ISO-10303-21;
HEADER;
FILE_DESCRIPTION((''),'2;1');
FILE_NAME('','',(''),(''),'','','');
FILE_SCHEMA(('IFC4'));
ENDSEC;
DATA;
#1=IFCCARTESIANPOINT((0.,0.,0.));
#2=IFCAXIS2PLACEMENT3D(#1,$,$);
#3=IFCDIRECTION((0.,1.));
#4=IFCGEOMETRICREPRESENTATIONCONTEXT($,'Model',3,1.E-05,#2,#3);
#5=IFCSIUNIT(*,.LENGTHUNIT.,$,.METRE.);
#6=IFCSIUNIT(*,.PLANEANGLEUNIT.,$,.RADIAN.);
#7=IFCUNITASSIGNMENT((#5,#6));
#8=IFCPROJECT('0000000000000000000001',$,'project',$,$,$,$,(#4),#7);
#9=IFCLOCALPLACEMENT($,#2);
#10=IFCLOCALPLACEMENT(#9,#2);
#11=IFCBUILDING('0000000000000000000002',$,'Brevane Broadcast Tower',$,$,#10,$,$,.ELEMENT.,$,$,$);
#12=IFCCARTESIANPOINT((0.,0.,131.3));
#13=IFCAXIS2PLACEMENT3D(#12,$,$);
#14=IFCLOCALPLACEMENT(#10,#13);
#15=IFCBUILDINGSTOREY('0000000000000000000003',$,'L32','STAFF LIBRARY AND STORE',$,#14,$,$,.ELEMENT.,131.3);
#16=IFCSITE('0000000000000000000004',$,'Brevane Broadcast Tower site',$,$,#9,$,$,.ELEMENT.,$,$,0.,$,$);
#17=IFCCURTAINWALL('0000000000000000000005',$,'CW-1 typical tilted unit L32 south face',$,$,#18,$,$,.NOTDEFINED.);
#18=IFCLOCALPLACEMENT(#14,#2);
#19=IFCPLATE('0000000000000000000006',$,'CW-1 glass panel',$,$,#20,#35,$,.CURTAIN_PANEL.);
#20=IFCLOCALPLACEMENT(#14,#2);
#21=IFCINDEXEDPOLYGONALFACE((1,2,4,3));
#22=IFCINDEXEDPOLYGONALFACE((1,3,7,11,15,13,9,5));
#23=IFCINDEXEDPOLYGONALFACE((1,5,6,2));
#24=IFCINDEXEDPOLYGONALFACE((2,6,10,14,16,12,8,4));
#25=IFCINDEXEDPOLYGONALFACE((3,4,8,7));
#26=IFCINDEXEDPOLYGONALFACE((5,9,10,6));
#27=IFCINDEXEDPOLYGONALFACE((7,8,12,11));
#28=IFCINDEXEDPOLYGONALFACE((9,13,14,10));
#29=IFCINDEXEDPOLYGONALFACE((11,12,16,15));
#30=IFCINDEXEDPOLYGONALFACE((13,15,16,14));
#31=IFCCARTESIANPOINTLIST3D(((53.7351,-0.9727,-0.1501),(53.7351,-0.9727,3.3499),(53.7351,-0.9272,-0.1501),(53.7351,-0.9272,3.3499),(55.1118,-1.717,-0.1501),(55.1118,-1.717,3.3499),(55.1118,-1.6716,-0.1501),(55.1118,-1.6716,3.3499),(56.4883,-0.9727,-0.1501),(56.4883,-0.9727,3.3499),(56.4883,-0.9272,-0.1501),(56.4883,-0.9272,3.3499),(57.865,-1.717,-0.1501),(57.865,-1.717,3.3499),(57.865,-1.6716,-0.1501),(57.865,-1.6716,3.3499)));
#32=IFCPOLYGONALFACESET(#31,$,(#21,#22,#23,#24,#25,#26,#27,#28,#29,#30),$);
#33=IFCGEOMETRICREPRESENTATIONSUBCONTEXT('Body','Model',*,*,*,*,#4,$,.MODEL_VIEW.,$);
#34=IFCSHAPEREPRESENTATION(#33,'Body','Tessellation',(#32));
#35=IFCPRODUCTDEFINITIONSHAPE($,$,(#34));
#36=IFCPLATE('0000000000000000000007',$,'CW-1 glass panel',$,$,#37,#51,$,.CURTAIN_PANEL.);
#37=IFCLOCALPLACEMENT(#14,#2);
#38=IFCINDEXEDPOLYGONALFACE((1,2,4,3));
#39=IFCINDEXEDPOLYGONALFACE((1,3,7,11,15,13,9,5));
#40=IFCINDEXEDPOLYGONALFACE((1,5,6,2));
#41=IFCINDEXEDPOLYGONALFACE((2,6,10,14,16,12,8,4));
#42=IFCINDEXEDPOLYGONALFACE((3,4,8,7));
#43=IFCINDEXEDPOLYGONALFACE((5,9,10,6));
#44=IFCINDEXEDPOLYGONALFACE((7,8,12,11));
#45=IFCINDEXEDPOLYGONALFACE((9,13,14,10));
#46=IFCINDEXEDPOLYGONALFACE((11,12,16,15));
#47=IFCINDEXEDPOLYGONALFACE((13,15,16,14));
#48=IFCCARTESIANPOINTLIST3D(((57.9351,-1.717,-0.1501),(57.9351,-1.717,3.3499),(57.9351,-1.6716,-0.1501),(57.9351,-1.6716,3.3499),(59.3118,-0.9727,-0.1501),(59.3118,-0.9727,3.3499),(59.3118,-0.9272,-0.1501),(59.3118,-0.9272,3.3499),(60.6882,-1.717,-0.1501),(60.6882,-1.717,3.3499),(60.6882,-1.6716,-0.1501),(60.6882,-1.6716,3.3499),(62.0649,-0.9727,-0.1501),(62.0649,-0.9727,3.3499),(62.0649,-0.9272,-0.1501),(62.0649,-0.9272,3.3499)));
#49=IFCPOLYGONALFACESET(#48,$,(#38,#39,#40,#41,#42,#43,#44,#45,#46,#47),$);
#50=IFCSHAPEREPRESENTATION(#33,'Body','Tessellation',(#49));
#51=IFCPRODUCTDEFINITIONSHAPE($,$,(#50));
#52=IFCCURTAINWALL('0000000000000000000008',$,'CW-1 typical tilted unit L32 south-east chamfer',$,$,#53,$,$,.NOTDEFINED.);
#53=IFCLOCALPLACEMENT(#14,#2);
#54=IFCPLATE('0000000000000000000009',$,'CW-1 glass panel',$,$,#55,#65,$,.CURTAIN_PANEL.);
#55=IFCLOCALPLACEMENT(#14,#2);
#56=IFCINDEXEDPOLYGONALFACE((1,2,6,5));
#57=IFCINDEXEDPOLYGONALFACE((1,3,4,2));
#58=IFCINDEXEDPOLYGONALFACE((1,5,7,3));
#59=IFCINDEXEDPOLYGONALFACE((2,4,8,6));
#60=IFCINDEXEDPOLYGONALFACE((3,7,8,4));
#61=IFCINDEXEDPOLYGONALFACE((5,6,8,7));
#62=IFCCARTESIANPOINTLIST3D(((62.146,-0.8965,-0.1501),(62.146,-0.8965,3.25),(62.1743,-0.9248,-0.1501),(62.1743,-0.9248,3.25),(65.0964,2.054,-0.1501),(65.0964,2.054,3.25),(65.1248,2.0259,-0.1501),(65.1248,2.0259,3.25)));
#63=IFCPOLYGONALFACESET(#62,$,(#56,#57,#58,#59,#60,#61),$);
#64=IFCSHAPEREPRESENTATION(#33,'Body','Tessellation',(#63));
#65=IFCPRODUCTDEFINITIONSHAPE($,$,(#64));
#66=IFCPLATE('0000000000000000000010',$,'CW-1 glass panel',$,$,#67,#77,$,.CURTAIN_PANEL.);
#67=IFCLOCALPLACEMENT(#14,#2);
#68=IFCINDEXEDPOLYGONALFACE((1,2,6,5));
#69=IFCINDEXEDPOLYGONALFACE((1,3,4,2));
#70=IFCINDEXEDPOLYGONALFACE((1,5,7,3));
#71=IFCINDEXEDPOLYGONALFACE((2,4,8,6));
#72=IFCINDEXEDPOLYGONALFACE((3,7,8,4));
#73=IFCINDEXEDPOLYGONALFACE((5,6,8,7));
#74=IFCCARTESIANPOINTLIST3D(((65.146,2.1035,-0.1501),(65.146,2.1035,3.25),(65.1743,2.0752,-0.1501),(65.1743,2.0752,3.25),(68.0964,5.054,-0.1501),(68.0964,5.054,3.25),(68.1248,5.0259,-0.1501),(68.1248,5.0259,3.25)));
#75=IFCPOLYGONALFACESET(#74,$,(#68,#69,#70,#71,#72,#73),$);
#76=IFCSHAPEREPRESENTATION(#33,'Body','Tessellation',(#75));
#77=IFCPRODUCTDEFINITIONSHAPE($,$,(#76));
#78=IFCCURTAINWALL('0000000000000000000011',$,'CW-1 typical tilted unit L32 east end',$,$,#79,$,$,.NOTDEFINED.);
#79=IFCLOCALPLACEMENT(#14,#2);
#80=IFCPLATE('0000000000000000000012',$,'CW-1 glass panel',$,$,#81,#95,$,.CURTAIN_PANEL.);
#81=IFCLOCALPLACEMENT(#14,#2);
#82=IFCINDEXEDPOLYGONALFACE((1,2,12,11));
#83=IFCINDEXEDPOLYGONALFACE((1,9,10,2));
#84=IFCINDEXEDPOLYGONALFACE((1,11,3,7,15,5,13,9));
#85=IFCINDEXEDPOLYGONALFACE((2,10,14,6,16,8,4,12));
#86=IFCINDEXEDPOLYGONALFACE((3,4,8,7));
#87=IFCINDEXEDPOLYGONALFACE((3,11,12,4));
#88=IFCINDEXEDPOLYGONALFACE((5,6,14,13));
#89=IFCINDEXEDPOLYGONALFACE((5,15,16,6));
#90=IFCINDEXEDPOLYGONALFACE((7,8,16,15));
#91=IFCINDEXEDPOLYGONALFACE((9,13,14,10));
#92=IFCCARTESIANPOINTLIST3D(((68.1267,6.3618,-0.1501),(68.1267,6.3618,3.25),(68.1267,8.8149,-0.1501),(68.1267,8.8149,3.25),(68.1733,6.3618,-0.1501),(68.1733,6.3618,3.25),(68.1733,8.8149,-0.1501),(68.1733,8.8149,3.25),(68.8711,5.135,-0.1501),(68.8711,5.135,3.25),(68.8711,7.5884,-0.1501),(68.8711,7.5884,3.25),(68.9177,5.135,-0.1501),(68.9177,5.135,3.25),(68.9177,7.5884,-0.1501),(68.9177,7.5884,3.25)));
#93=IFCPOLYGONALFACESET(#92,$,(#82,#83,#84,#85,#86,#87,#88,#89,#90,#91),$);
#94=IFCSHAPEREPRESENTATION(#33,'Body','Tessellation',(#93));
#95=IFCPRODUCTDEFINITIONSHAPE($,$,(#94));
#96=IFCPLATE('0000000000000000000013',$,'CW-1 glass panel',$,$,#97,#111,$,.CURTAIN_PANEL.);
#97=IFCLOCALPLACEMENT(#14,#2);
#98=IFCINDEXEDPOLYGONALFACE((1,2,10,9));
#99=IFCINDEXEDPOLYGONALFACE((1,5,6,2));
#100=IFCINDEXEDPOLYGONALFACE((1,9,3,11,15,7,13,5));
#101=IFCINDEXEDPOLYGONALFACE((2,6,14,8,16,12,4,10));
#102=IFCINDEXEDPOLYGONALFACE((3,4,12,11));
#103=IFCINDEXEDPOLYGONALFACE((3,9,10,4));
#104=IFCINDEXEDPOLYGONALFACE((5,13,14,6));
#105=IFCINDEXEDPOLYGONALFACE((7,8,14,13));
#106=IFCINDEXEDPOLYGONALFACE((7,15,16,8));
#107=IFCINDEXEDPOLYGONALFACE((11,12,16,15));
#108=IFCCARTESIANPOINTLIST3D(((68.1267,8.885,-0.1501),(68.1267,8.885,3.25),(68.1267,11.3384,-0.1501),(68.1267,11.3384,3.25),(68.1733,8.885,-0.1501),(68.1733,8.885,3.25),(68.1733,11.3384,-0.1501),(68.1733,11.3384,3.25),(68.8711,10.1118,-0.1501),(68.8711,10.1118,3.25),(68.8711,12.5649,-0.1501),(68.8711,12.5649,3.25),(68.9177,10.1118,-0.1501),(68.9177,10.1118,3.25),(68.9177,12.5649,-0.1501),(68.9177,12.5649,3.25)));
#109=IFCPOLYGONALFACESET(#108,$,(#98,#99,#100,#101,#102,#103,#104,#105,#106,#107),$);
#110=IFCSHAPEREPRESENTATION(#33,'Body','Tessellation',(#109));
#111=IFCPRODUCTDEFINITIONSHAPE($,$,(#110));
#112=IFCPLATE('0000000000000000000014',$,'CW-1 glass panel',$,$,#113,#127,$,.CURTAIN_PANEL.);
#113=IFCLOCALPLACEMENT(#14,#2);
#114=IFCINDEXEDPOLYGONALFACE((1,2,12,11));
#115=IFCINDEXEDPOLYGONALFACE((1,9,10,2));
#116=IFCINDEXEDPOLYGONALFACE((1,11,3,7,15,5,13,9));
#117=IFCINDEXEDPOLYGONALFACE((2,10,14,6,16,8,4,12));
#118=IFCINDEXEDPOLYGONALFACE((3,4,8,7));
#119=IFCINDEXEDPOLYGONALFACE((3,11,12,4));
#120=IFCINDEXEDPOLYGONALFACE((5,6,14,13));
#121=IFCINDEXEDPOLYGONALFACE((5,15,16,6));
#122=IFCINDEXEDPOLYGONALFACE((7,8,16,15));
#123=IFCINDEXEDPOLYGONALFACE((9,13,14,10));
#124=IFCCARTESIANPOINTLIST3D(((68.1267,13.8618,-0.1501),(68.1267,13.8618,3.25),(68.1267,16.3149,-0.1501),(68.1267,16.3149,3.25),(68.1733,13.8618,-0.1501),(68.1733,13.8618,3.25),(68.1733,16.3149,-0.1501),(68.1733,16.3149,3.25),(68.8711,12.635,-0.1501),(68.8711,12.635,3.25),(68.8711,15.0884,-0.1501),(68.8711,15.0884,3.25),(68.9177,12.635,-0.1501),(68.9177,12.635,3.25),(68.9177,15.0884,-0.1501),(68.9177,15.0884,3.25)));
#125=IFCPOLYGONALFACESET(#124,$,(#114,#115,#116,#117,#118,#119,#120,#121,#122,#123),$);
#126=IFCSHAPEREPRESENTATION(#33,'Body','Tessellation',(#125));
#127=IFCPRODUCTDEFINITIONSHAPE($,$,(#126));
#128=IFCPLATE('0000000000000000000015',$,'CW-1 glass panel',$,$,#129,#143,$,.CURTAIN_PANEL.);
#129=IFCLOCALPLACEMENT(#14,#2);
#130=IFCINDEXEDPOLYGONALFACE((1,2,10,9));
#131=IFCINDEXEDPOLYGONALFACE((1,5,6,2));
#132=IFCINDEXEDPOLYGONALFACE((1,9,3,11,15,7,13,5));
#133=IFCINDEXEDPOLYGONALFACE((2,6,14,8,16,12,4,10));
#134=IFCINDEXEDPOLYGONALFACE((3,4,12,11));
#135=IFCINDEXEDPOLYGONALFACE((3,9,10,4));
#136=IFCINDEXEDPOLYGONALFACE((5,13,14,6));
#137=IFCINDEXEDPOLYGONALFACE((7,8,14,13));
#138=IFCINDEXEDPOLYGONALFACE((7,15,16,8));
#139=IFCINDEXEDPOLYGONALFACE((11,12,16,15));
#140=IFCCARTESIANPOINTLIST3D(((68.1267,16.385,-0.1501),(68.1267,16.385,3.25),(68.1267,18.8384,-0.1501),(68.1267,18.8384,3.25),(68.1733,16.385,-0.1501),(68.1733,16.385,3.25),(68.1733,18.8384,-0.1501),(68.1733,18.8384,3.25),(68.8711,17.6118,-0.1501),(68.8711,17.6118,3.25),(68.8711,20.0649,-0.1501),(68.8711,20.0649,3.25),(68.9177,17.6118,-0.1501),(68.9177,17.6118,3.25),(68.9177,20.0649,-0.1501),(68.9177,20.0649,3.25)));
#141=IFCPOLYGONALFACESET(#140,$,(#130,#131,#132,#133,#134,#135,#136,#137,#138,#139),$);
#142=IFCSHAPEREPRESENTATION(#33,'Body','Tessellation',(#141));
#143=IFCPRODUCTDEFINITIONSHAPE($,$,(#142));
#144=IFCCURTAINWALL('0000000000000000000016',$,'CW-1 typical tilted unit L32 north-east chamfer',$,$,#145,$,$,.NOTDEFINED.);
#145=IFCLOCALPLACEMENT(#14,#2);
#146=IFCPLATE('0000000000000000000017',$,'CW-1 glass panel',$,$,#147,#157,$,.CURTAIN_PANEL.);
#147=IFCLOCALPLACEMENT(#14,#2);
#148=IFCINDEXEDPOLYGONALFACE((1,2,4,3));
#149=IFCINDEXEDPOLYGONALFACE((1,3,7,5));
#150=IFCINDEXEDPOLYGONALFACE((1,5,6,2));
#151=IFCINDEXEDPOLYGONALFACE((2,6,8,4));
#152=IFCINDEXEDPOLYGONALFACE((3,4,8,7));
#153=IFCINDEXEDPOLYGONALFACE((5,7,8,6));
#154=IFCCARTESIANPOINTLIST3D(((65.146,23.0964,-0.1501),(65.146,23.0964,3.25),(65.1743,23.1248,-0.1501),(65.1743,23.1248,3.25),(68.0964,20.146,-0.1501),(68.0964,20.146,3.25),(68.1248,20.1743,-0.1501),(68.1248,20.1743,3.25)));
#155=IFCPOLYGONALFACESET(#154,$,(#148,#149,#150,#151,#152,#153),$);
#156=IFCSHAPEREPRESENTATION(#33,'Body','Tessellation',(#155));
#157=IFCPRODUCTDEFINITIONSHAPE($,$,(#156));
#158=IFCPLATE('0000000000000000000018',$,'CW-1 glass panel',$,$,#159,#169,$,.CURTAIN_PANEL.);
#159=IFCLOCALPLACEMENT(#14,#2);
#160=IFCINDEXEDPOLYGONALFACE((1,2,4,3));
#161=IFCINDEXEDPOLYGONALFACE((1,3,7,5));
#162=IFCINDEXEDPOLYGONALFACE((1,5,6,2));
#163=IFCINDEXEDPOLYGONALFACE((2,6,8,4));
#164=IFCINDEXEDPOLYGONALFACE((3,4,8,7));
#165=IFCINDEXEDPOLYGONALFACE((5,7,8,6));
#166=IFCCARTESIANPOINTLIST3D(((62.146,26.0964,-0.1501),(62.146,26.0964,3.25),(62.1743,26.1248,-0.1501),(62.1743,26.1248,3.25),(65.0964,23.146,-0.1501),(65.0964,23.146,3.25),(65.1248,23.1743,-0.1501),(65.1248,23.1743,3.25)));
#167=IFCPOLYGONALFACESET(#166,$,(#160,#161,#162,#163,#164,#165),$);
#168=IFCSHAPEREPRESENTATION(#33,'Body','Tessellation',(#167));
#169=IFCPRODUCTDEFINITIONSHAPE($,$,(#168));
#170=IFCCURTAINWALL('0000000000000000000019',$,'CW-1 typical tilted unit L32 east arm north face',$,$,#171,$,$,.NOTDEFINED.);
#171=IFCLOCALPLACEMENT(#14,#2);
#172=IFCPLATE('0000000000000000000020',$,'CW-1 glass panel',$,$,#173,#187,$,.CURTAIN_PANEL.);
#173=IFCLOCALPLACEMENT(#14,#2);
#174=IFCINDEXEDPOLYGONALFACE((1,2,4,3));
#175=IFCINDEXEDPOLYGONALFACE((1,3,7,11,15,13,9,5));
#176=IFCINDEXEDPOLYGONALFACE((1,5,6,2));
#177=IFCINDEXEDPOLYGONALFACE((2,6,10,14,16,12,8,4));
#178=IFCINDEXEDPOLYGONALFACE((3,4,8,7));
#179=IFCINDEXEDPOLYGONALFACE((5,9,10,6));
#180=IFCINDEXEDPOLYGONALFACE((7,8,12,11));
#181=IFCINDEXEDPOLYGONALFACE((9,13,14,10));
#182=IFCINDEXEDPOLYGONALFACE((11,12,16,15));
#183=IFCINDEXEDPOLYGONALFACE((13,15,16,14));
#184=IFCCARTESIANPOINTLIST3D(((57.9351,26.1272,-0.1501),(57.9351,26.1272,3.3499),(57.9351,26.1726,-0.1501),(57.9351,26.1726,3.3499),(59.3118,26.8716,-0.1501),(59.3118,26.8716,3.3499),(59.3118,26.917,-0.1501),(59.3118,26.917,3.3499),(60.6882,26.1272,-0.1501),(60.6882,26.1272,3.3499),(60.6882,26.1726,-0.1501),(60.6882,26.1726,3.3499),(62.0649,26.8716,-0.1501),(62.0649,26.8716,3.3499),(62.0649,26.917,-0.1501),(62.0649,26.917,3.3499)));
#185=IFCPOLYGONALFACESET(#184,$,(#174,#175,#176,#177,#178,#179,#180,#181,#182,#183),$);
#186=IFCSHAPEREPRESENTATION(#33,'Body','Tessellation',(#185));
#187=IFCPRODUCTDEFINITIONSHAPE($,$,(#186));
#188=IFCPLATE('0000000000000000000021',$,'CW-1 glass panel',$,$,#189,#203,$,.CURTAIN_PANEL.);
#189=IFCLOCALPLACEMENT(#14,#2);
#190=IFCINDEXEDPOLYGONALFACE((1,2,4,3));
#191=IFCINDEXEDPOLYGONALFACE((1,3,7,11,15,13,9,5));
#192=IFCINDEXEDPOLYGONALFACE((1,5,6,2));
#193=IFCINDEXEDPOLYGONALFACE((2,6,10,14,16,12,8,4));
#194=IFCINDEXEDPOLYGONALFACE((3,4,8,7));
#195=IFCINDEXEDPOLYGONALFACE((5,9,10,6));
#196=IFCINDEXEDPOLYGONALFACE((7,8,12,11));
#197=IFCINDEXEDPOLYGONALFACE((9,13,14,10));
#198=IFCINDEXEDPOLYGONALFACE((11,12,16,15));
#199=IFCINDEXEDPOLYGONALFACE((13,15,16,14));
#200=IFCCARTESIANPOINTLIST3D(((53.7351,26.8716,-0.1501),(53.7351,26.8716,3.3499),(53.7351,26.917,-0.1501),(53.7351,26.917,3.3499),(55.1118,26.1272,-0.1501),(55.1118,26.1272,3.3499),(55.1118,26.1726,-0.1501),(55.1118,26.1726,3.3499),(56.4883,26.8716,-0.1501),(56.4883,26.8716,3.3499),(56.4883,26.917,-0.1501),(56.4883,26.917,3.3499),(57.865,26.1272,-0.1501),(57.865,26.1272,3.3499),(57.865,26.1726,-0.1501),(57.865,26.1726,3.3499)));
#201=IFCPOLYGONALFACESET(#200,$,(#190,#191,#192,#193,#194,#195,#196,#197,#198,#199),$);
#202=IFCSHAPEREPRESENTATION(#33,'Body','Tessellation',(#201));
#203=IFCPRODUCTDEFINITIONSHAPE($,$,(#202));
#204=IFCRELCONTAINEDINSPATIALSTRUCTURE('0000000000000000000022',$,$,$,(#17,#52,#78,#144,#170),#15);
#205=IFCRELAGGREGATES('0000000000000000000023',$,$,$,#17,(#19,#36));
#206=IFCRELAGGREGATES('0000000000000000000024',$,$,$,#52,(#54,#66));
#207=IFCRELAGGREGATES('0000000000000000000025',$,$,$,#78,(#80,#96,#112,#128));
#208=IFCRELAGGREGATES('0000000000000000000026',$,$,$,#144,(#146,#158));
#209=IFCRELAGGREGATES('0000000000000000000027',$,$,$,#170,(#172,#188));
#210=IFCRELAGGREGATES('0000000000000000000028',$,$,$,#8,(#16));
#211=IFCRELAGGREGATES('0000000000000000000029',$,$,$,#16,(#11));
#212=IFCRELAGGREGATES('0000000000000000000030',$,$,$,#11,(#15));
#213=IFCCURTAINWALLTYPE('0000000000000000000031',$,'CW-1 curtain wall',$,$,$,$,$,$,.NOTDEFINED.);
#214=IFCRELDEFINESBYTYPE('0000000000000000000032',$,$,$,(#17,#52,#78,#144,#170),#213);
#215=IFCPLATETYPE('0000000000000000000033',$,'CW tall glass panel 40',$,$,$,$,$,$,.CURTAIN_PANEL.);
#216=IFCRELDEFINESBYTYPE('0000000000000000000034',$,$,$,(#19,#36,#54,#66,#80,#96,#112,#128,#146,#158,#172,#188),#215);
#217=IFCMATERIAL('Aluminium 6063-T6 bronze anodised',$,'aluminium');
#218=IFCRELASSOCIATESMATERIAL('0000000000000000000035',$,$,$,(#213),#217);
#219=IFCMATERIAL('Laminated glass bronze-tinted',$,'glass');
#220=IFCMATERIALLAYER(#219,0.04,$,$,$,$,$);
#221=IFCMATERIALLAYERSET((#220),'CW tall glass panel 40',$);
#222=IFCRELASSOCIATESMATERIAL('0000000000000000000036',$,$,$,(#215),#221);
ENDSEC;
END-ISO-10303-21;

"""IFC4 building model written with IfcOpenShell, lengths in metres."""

from ifc_helpers import new_model, si_unit, direction, frame, origin, place, context, subcontext, project, spatial, polyline, outline, extrude, material, layer, layer_set, type_object, element, aggregate, save


model = new_model("IFC4")

# Units and contexts
model_context = context("Model", 3, precision=1e-05, world=origin(), true_north=direction((0.0, 1.0)))
body_context = subcontext(model_context, "Body", "Model", "MODEL_VIEW")
ifc_project = project(units=[si_unit("LENGTHUNIT", "METRE"), si_unit("PLANEANGLEUNIT", "RADIAN")], contexts=[model_context])

# Site, building, storey
site_placement = place(None, origin())
site = spatial("IfcSite", under=ifc_project, at=site_placement, Name="Brevane Broadcast Tower site", CompositionType="ELEMENT", RefElevation=0.0)
building_placement = place(site_placement, origin())
building = spatial("IfcBuilding", under=site, at=building_placement, Name="Brevane Broadcast Tower", CompositionType="ELEMENT")
storey_placement = place(building_placement, frame((0.0, 0.0, 131.3)))
storey = spatial("IfcBuildingStorey", under=building, at=storey_placement, Name="L32", Description="STAFF LIBRARY AND STORE", CompositionType="ELEMENT", Elevation=131.3)

# Curtain walls, plates
ifc_material_1 = material(Name="Aluminium 6063-T6 bronze anodised", Category="aluminium")
curtain_wall_type = type_object("IfcCurtainWallType", Name="CW-1 curtain wall", PredefinedType="NOTDEFINED", material=ifc_material_1)
curtain_wall_1_placement = place(storey_placement, origin())
curtain_wall_1 = element("IfcCurtainWall", 1, at=curtain_wall_1_placement, inside=storey, type_object=curtain_wall_type, Name="CW-1 typical tilted unit L32 south face", PredefinedType="NOTDEFINED")
ifc_material_2 = material(Name="Laminated glass bronze-tinted", Category="glass")
ifc_layer = layer(ifc_material_2, 0.04)
ifc_layer_set = layer_set([ifc_layer], Name="CW tall glass panel 40")
plate_type = type_object("IfcPlateType", Name="CW tall glass panel 40", PredefinedType="CURTAIN_PANEL", material=ifc_layer_set)
plate_1_placement = place(storey_placement, frame((0.0, 0.0, -0.1501)))
plate_1 = element("IfcPlate", 2, at=plate_1_placement, type_object=plate_type, Name="CW-1 glass panel", PredefinedType="CURTAIN_PANEL", context=body_context, shape_type="SweptSolid", body=[
    extrude(outline(polyline([(53.7351, -0.9272), (53.7351, -0.9727), (55.1118, -1.717), (56.4883, -0.9727), (57.865, -1.717), (57.865, -1.6716), (56.4883, -0.9272), (55.1118, -1.6716), (53.7351, -0.9272)])), origin(), (0.0, 0.0, 1.0), 3.5),
])
plate_2_placement = place(storey_placement, frame((0.0, 0.0, -0.1501)))
plate_2 = element("IfcPlate", 3, at=plate_2_placement, type_object=plate_type, Name="CW-1 glass panel", PredefinedType="CURTAIN_PANEL", context=body_context, shape_type="SweptSolid", body=[
    extrude(outline(polyline([(57.9351, -1.6716), (57.9351, -1.717), (59.3118, -0.9727), (60.6882, -1.717), (62.0649, -0.9727), (62.0649, -0.9272), (60.6882, -1.6716), (59.3118, -0.9272), (57.9351, -1.6716)])), origin(), (0.0, 0.0, 1.0), 3.5),
])
aggregate(curtain_wall_1, [plate_1, plate_2])
curtain_wall_2_placement = place(storey_placement, origin())
curtain_wall_2 = element("IfcCurtainWall", 4, at=curtain_wall_2_placement, inside=storey, type_object=curtain_wall_type, Name="CW-1 typical tilted unit L32 south-east chamfer", PredefinedType="NOTDEFINED")
plate_3_placement = place(storey_placement, frame((0.0, 0.0, -0.1501)))
plate_3 = element("IfcPlate", 5, at=plate_3_placement, type_object=plate_type, Name="CW-1 glass panel", PredefinedType="CURTAIN_PANEL", context=body_context, shape_type="SweptSolid", body=[
    extrude(outline(polyline([(62.146, -0.8965), (65.0964, 2.054), (65.1248, 2.0259), (62.1743, -0.9248), (62.146, -0.8965)])), origin(), (0.0, 0.0, 1.0), 3.4001),
])
plate_4_placement = place(storey_placement, frame((0.0, 0.0, -0.1501)))
plate_4 = element("IfcPlate", 6, at=plate_4_placement, type_object=plate_type, Name="CW-1 glass panel", PredefinedType="CURTAIN_PANEL", context=body_context, shape_type="SweptSolid", body=[
    extrude(outline(polyline([(65.146, 2.1035), (68.0964, 5.054), (68.1248, 5.0259), (65.1743, 2.0752), (65.146, 2.1035)])), origin(), (0.0, 0.0, 1.0), 3.4001),
])
aggregate(curtain_wall_2, [plate_3, plate_4])
curtain_wall_3_placement = place(storey_placement, origin())
curtain_wall_3 = element("IfcCurtainWall", 7, at=curtain_wall_3_placement, inside=storey, type_object=curtain_wall_type, Name="CW-1 typical tilted unit L32 east end", PredefinedType="NOTDEFINED")
plate_5_placement = place(storey_placement, frame((0.0, 0.0, -0.1501)))
plate_5 = element("IfcPlate", 8, at=plate_5_placement, type_object=plate_type, Name="CW-1 glass panel", PredefinedType="CURTAIN_PANEL", context=body_context, shape_type="SweptSolid", body=[
    extrude(outline(polyline([(68.8711, 5.135), (68.9177, 5.135), (68.1733, 6.3618), (68.9177, 7.5884), (68.1733, 8.8149), (68.1267, 8.8149), (68.8711, 7.5884), (68.1267, 6.3618), (68.8711, 5.135)])), origin(), (0.0, 0.0, 1.0), 3.4001),
])
plate_6_placement = place(storey_placement, frame((0.0, 0.0, -0.1501)))
plate_6 = element("IfcPlate", 9, at=plate_6_placement, type_object=plate_type, Name="CW-1 glass panel", PredefinedType="CURTAIN_PANEL", context=body_context, shape_type="SweptSolid", body=[
    extrude(outline(polyline([(68.1267, 8.885), (68.1733, 8.885), (68.9177, 10.1118), (68.1733, 11.3384), (68.9177, 12.5649), (68.8711, 12.5649), (68.1267, 11.3384), (68.8711, 10.1118), (68.1267, 8.885)])), origin(), (0.0, 0.0, 1.0), 3.4001),
])
plate_7_placement = place(storey_placement, frame((0.0, 0.0, -0.1501)))
plate_7 = element("IfcPlate", 10, at=plate_7_placement, type_object=plate_type, Name="CW-1 glass panel", PredefinedType="CURTAIN_PANEL", context=body_context, shape_type="SweptSolid", body=[
    extrude(outline(polyline([(68.8711, 12.635), (68.9177, 12.635), (68.1733, 13.8618), (68.9177, 15.0884), (68.1733, 16.3149), (68.1267, 16.3149), (68.8711, 15.0884), (68.1267, 13.8618), (68.8711, 12.635)])), origin(), (0.0, 0.0, 1.0), 3.4001),
])
plate_8_placement = place(storey_placement, frame((0.0, 0.0, -0.1501)))
plate_8 = element("IfcPlate", 11, at=plate_8_placement, type_object=plate_type, Name="CW-1 glass panel", PredefinedType="CURTAIN_PANEL", context=body_context, shape_type="SweptSolid", body=[
    extrude(outline(polyline([(68.1267, 16.385), (68.1733, 16.385), (68.9177, 17.6118), (68.1733, 18.8384), (68.9177, 20.0649), (68.8711, 20.0649), (68.1267, 18.8384), (68.8711, 17.6118), (68.1267, 16.385)])), origin(), (0.0, 0.0, 1.0), 3.4001),
])
aggregate(curtain_wall_3, [plate_5, plate_6, plate_7, plate_8])
curtain_wall_4_placement = place(storey_placement, origin())
curtain_wall_4 = element("IfcCurtainWall", 12, at=curtain_wall_4_placement, inside=storey, type_object=curtain_wall_type, Name="CW-1 typical tilted unit L32 north-east chamfer", PredefinedType="NOTDEFINED")
plate_9_placement = place(storey_placement, frame((0.0, 0.0, -0.1501)))
plate_9 = element("IfcPlate", 13, at=plate_9_placement, type_object=plate_type, Name="CW-1 glass panel", PredefinedType="CURTAIN_PANEL", context=body_context, shape_type="SweptSolid", body=[
    extrude(outline(polyline([(68.0964, 20.146), (65.146, 23.0964), (65.1743, 23.1248), (68.1248, 20.1743), (68.0964, 20.146)])), origin(), (0.0, 0.0, 1.0), 3.4001),
])
plate_10_placement = place(storey_placement, frame((0.0, 0.0, -0.1501)))
plate_10 = element("IfcPlate", 14, at=plate_10_placement, type_object=plate_type, Name="CW-1 glass panel", PredefinedType="CURTAIN_PANEL", context=body_context, shape_type="SweptSolid", body=[
    extrude(outline(polyline([(65.0964, 23.146), (62.146, 26.0964), (62.1743, 26.1248), (65.1248, 23.1743), (65.0964, 23.146)])), origin(), (0.0, 0.0, 1.0), 3.4001),
])
aggregate(curtain_wall_4, [plate_9, plate_10])
curtain_wall_5_placement = place(storey_placement, origin())
curtain_wall_5 = element("IfcCurtainWall", 15, at=curtain_wall_5_placement, inside=storey, type_object=curtain_wall_type, Name="CW-1 typical tilted unit L32 east arm north face", PredefinedType="NOTDEFINED")
plate_11_placement = place(storey_placement, frame((0.0, 0.0, -0.1501)))
plate_11 = element("IfcPlate", 16, at=plate_11_placement, type_object=plate_type, Name="CW-1 glass panel", PredefinedType="CURTAIN_PANEL", context=body_context, shape_type="SweptSolid", body=[
    extrude(outline(polyline([(62.0649, 26.8716), (62.0649, 26.917), (60.6882, 26.1726), (59.3118, 26.917), (57.9351, 26.1726), (57.9351, 26.1272), (59.3118, 26.8716), (60.6882, 26.1272), (62.0649, 26.8716)])), origin(), (0.0, 0.0, 1.0), 3.5),
])
plate_12_placement = place(storey_placement, frame((0.0, 0.0, -0.1501)))
plate_12 = element("IfcPlate", 17, at=plate_12_placement, type_object=plate_type, Name="CW-1 glass panel", PredefinedType="CURTAIN_PANEL", context=body_context, shape_type="SweptSolid", body=[
    extrude(outline(polyline([(57.865, 26.1272), (57.865, 26.1726), (56.4883, 26.917), (55.1118, 26.1726), (53.7351, 26.917), (53.7351, 26.8716), (55.1118, 26.1272), (56.4883, 26.8716), (57.865, 26.1272)])), origin(), (0.0, 0.0, 1.0), 3.5),
])
aggregate(curtain_wall_5, [plate_11, plate_12])

save(model, "model.ifc")
